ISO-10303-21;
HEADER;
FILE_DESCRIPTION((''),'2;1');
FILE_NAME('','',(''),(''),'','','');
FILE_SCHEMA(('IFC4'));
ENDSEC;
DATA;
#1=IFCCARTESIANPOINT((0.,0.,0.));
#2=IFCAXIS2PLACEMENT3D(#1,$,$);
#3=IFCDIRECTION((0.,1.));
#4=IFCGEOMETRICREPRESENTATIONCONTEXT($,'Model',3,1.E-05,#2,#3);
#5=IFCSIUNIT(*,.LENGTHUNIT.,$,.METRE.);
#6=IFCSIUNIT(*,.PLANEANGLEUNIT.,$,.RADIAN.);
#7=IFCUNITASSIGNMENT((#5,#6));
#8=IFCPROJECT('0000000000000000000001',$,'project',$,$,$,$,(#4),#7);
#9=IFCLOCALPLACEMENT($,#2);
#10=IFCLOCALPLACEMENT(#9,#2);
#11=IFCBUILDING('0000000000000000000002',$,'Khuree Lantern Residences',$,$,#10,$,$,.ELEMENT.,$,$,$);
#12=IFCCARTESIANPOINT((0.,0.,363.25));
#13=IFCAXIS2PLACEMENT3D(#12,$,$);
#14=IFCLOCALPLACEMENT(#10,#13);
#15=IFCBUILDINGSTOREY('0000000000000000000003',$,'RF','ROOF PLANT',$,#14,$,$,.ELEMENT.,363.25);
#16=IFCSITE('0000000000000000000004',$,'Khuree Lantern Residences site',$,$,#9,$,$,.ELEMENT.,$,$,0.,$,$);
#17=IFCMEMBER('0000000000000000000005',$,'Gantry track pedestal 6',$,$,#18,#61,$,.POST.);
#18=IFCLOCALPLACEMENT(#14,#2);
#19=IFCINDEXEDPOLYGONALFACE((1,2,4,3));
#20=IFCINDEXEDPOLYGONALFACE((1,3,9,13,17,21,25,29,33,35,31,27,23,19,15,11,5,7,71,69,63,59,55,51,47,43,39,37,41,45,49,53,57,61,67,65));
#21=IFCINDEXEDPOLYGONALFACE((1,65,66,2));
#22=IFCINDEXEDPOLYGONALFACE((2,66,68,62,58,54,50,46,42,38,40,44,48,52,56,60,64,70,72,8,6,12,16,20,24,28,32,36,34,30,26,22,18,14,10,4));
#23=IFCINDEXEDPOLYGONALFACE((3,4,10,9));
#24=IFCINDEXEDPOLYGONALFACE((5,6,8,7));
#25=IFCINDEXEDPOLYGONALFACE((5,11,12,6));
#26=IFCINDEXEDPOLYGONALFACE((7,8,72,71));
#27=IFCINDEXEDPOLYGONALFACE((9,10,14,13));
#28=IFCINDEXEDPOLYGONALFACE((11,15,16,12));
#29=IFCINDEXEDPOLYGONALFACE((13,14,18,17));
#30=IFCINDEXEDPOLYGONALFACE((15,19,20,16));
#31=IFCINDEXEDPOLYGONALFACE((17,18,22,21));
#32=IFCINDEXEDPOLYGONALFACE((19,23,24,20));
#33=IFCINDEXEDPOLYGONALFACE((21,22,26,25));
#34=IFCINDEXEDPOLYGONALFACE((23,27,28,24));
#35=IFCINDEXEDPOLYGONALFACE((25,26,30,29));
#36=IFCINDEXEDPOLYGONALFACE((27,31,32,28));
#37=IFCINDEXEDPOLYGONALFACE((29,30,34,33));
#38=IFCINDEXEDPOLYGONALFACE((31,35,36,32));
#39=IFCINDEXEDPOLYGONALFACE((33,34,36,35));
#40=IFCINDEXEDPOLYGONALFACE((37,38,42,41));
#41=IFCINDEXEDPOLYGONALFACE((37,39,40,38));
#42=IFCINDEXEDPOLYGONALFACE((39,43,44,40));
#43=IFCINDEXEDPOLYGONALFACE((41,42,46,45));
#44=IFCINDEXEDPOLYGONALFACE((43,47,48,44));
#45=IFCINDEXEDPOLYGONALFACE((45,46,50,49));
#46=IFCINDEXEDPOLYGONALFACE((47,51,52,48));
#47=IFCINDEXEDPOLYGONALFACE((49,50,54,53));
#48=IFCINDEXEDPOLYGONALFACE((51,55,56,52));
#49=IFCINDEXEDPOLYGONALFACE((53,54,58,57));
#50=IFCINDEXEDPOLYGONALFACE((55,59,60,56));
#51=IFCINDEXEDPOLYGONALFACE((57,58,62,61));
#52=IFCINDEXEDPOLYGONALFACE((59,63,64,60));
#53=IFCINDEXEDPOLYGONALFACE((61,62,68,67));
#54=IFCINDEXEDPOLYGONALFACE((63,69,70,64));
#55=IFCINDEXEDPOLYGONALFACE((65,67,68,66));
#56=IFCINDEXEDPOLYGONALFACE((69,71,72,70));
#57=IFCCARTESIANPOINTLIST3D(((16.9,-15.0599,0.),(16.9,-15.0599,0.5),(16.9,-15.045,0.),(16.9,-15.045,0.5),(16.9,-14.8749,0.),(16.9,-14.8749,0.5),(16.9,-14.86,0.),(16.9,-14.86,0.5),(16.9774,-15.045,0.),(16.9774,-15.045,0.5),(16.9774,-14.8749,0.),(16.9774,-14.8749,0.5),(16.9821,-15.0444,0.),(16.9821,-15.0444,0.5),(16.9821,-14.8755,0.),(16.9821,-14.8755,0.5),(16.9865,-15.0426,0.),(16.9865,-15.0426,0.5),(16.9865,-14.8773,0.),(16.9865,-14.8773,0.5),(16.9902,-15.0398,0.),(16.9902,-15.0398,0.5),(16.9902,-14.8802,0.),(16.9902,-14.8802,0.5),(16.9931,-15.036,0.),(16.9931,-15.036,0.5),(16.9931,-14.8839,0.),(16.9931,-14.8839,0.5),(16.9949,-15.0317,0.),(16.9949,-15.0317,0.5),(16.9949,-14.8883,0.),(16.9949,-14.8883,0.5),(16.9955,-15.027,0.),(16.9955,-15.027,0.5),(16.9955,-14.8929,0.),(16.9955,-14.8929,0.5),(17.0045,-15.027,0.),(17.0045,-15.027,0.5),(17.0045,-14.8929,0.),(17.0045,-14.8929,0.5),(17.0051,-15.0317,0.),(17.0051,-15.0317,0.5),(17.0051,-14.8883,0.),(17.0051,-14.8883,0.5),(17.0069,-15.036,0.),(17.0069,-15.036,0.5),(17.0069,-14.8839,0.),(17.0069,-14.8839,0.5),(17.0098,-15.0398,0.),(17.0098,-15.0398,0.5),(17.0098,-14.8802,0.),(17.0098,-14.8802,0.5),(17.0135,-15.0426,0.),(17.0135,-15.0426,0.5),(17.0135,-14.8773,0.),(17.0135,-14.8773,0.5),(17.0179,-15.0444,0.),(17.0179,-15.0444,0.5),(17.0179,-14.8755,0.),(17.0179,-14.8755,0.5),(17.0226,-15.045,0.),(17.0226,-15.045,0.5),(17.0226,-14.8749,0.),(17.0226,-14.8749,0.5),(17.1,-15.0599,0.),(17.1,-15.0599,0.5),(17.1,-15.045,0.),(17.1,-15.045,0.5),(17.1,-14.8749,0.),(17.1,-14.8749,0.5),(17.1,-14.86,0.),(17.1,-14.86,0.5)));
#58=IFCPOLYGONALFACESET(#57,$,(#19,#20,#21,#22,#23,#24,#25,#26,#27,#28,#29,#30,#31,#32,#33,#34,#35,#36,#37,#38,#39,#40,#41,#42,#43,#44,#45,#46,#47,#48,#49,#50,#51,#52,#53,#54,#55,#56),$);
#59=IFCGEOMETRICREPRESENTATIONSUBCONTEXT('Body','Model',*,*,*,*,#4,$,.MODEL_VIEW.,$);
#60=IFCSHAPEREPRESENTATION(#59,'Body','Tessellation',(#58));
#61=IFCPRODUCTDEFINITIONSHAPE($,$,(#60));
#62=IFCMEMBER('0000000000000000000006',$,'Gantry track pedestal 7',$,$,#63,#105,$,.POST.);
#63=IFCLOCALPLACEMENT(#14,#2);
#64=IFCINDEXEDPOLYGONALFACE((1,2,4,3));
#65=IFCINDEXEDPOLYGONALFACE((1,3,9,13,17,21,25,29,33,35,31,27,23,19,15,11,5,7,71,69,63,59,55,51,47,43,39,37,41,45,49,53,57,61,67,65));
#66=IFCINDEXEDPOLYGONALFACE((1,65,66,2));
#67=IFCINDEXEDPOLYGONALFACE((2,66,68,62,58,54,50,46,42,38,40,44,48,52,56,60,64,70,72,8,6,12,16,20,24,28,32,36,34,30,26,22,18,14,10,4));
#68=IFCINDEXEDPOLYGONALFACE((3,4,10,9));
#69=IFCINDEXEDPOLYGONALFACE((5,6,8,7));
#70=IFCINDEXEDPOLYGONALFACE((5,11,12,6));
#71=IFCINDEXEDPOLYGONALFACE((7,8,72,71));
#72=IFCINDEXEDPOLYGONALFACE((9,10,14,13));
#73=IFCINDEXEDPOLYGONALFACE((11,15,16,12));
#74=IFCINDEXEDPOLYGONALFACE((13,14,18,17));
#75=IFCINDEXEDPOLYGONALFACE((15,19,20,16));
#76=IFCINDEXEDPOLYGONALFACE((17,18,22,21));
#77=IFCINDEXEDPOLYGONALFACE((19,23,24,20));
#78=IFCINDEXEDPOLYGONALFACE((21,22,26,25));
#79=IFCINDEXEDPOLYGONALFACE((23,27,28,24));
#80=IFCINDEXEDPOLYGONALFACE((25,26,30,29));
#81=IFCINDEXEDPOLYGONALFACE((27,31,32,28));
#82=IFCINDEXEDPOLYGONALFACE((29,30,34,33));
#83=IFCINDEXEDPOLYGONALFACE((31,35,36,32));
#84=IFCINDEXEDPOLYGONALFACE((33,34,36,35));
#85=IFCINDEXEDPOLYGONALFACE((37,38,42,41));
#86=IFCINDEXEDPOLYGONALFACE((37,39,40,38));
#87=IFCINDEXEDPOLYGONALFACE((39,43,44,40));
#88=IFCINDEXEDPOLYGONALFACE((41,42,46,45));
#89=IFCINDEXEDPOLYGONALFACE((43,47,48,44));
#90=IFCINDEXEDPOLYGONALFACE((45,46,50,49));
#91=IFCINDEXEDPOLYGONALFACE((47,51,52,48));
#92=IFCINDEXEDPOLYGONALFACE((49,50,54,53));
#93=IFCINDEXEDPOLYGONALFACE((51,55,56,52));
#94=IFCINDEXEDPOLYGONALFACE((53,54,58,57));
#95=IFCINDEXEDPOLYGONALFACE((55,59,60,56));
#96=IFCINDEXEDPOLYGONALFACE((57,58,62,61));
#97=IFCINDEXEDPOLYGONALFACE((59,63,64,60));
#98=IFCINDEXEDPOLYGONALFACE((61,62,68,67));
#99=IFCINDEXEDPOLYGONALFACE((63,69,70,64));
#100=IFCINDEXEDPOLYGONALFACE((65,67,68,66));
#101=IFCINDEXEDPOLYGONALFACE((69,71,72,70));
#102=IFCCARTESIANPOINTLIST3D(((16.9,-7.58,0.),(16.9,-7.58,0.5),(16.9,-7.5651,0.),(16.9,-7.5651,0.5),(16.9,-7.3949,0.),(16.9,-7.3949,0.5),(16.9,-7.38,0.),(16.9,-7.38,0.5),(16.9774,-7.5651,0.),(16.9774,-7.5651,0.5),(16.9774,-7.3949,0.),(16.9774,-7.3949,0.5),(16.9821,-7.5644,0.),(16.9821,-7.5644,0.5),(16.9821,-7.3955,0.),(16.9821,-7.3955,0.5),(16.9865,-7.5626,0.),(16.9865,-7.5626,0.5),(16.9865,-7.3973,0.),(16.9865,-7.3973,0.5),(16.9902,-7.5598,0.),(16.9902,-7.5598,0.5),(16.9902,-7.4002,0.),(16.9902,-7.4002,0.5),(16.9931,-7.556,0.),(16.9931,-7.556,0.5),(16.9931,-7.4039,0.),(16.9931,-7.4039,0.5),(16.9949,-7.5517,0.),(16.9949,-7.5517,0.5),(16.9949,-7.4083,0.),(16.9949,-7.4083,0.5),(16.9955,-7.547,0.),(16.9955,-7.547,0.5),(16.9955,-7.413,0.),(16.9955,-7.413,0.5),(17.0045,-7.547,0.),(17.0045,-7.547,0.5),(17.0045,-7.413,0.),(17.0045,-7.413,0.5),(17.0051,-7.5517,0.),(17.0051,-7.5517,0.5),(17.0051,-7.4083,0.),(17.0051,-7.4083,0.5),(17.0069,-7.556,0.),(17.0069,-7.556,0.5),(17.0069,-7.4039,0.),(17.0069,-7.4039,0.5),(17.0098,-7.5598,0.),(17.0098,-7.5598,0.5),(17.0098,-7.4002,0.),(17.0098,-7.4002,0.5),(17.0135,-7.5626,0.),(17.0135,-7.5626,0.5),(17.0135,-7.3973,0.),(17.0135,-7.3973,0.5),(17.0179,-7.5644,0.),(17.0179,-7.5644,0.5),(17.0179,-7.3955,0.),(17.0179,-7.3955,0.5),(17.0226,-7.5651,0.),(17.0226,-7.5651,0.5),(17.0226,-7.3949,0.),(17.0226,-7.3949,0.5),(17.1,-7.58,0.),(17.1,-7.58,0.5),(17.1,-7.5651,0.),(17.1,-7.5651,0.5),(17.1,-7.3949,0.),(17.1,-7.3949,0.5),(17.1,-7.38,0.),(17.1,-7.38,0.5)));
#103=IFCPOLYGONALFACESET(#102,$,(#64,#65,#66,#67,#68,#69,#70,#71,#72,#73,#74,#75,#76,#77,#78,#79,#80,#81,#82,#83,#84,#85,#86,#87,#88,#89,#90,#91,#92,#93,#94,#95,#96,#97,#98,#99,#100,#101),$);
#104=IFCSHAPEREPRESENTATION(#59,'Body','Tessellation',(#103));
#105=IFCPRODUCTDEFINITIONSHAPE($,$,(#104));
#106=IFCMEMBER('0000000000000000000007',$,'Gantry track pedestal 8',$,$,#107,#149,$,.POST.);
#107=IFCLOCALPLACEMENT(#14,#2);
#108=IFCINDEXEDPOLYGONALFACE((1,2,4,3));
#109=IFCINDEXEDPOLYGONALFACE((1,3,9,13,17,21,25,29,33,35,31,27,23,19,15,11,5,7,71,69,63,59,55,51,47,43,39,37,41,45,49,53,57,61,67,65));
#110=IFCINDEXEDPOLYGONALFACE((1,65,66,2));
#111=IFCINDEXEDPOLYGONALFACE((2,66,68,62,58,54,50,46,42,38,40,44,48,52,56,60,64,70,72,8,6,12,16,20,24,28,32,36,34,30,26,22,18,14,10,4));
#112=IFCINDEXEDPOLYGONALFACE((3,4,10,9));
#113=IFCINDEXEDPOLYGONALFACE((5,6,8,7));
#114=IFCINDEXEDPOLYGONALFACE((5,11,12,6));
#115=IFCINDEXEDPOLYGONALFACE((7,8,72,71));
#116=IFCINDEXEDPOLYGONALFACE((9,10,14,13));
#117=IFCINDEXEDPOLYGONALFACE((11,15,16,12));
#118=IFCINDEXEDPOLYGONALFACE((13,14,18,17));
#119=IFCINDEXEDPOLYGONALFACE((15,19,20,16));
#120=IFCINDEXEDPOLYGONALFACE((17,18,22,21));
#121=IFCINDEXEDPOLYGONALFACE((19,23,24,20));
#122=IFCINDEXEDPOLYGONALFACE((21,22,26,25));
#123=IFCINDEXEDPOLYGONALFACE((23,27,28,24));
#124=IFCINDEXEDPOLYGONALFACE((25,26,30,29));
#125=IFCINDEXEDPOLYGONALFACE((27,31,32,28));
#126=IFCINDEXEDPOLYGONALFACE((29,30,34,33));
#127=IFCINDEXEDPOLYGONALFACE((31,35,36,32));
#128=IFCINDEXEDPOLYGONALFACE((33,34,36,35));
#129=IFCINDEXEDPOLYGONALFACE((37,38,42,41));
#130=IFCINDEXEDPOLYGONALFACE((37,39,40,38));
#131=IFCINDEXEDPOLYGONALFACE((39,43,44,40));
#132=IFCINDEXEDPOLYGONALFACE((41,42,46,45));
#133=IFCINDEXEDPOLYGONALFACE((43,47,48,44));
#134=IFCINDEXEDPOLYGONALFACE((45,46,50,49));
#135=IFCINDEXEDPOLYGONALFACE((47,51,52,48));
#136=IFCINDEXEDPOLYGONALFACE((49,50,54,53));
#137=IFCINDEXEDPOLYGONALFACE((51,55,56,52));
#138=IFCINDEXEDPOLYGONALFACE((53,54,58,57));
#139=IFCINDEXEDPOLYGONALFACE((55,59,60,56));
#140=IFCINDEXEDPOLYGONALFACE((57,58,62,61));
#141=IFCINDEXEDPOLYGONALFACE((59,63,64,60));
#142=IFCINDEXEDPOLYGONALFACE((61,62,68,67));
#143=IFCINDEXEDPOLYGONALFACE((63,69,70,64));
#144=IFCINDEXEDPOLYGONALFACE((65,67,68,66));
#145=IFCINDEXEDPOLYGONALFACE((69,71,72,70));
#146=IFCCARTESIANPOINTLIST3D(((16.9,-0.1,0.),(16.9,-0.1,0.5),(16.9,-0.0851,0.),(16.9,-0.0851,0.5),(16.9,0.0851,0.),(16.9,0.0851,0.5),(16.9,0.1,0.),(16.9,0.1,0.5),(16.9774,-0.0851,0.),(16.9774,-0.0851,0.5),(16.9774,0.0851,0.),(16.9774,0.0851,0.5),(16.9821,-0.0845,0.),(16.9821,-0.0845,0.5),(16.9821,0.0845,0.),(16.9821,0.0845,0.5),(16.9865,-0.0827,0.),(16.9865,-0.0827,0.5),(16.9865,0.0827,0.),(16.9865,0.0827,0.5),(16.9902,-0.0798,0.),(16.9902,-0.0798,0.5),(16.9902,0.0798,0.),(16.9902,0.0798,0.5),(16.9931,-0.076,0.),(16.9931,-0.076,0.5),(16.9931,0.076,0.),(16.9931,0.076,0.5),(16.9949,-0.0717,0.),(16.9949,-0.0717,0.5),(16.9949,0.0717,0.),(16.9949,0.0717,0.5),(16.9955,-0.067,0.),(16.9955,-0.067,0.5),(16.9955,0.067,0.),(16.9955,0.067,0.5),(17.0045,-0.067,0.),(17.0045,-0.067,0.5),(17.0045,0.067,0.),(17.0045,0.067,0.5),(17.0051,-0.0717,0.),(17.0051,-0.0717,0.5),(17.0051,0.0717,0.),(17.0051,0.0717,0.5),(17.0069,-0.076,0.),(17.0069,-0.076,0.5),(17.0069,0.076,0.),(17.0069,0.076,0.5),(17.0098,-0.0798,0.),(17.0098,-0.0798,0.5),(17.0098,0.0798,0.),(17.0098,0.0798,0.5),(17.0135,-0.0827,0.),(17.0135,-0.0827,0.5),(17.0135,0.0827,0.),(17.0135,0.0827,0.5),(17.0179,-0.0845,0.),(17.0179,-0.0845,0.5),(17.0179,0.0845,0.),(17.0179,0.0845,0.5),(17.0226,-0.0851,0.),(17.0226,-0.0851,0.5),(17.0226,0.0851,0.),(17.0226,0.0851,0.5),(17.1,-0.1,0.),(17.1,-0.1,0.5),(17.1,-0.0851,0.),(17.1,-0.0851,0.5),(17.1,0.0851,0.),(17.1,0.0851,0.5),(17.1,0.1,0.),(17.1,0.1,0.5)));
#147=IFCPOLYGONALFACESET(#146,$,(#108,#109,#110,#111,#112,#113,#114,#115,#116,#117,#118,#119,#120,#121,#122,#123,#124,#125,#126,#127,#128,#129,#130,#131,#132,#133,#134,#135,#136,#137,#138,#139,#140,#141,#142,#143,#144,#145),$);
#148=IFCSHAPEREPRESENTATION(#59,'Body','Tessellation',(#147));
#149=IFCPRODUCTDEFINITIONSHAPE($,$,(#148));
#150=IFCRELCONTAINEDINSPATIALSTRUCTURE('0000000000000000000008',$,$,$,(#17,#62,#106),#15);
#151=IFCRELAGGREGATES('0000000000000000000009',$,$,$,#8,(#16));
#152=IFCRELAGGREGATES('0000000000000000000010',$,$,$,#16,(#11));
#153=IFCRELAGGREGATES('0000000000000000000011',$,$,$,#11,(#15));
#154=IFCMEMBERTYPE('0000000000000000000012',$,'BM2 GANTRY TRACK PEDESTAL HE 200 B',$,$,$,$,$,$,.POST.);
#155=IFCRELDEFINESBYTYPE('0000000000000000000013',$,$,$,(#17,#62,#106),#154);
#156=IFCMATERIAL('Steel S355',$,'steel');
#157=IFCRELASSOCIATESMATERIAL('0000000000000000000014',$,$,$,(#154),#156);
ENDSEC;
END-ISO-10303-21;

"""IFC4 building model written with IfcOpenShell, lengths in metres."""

from ifc_helpers import new_model, si_unit, direction, frame, origin, origin_2d, place, context, subcontext, project, spatial, i_section, extrude, material, material_profile, profile_set, type_object, element, save


model = new_model("IFC4")

# Units and contexts
model_context = context("Model", 3, precision=1e-05, world=origin(), true_north=direction((0.0, 1.0)))
body_context = subcontext(model_context, "Body", "Model", "MODEL_VIEW")
ifc_project = project(units=[si_unit("LENGTHUNIT", "METRE"), si_unit("PLANEANGLEUNIT", "RADIAN")], contexts=[model_context])

# Site, building, storey
site_placement = place(None, origin())
site = spatial("IfcSite", under=ifc_project, at=site_placement, Name="Khuree Lantern Residences site", CompositionType="ELEMENT", RefElevation=0.0)
building_placement = place(site_placement, origin())
building = spatial("IfcBuilding", under=site, at=building_placement, Name="Khuree Lantern Residences", CompositionType="ELEMENT")
storey_placement = place(building_placement, frame((0.0, 0.0, 363.25)))
storey = spatial("IfcBuildingStorey", under=building, at=storey_placement, Name="RF", Description="ROOF PLANT", CompositionType="ELEMENT", Elevation=363.25)

# Shared definitions
ifc_material_1 = material(Name="Steel S355", Category="steel")

# Members
ifc_material_profile_1 = material_profile(ifc_material_1, i_section(OverallWidth=0.2, OverallDepth=0.2, WebThickness=0.009, FlangeThickness=0.0149, FilletRadius=0.0181, at=origin_2d()), Name="HE 200 B")
ifc_profile_set_1 = profile_set([ifc_material_profile_1], Name="Steel S355")
member_type_1 = type_object("IfcMemberType", Name="BM2 GANTRY TRACK PEDESTAL HE 200 B", PredefinedType="POST", material=ifc_profile_set_1)
for number, where, z_axis, x_axis, name in (
    (1, (17.0, -14.96, 0.0), (0.0, 0.0, 1.0), (1.0, 0.0, 0.0), "Gantry track pedestal 6"),
    (2, (17.0, -7.48, 0.0), (0.0, 0.0, 1.0), (1.0, 0.0, 0.0), "Gantry track pedestal 7"),
    (3, (17.0, 0.0, 0.0), (0.0, 0.0, 1.0), (1.0, 0.0, 0.0), "Gantry track pedestal 8"),
):
    element("IfcMember", number, at=place(storey_placement, frame(where, z_axis=z_axis, x_axis=x_axis)), inside=storey, type_object=member_type_1, Name=name, PredefinedType="POST", context=body_context, shape_type="SweptSolid", body=[
        extrude(i_section(OverallWidth=0.2, OverallDepth=0.2, WebThickness=0.009, FlangeThickness=0.0149, FilletRadius=0.0181, at=origin_2d()), origin(), (0.0, 0.0, 1.0), 0.5),
    ])

save(model, "model.ifc")
